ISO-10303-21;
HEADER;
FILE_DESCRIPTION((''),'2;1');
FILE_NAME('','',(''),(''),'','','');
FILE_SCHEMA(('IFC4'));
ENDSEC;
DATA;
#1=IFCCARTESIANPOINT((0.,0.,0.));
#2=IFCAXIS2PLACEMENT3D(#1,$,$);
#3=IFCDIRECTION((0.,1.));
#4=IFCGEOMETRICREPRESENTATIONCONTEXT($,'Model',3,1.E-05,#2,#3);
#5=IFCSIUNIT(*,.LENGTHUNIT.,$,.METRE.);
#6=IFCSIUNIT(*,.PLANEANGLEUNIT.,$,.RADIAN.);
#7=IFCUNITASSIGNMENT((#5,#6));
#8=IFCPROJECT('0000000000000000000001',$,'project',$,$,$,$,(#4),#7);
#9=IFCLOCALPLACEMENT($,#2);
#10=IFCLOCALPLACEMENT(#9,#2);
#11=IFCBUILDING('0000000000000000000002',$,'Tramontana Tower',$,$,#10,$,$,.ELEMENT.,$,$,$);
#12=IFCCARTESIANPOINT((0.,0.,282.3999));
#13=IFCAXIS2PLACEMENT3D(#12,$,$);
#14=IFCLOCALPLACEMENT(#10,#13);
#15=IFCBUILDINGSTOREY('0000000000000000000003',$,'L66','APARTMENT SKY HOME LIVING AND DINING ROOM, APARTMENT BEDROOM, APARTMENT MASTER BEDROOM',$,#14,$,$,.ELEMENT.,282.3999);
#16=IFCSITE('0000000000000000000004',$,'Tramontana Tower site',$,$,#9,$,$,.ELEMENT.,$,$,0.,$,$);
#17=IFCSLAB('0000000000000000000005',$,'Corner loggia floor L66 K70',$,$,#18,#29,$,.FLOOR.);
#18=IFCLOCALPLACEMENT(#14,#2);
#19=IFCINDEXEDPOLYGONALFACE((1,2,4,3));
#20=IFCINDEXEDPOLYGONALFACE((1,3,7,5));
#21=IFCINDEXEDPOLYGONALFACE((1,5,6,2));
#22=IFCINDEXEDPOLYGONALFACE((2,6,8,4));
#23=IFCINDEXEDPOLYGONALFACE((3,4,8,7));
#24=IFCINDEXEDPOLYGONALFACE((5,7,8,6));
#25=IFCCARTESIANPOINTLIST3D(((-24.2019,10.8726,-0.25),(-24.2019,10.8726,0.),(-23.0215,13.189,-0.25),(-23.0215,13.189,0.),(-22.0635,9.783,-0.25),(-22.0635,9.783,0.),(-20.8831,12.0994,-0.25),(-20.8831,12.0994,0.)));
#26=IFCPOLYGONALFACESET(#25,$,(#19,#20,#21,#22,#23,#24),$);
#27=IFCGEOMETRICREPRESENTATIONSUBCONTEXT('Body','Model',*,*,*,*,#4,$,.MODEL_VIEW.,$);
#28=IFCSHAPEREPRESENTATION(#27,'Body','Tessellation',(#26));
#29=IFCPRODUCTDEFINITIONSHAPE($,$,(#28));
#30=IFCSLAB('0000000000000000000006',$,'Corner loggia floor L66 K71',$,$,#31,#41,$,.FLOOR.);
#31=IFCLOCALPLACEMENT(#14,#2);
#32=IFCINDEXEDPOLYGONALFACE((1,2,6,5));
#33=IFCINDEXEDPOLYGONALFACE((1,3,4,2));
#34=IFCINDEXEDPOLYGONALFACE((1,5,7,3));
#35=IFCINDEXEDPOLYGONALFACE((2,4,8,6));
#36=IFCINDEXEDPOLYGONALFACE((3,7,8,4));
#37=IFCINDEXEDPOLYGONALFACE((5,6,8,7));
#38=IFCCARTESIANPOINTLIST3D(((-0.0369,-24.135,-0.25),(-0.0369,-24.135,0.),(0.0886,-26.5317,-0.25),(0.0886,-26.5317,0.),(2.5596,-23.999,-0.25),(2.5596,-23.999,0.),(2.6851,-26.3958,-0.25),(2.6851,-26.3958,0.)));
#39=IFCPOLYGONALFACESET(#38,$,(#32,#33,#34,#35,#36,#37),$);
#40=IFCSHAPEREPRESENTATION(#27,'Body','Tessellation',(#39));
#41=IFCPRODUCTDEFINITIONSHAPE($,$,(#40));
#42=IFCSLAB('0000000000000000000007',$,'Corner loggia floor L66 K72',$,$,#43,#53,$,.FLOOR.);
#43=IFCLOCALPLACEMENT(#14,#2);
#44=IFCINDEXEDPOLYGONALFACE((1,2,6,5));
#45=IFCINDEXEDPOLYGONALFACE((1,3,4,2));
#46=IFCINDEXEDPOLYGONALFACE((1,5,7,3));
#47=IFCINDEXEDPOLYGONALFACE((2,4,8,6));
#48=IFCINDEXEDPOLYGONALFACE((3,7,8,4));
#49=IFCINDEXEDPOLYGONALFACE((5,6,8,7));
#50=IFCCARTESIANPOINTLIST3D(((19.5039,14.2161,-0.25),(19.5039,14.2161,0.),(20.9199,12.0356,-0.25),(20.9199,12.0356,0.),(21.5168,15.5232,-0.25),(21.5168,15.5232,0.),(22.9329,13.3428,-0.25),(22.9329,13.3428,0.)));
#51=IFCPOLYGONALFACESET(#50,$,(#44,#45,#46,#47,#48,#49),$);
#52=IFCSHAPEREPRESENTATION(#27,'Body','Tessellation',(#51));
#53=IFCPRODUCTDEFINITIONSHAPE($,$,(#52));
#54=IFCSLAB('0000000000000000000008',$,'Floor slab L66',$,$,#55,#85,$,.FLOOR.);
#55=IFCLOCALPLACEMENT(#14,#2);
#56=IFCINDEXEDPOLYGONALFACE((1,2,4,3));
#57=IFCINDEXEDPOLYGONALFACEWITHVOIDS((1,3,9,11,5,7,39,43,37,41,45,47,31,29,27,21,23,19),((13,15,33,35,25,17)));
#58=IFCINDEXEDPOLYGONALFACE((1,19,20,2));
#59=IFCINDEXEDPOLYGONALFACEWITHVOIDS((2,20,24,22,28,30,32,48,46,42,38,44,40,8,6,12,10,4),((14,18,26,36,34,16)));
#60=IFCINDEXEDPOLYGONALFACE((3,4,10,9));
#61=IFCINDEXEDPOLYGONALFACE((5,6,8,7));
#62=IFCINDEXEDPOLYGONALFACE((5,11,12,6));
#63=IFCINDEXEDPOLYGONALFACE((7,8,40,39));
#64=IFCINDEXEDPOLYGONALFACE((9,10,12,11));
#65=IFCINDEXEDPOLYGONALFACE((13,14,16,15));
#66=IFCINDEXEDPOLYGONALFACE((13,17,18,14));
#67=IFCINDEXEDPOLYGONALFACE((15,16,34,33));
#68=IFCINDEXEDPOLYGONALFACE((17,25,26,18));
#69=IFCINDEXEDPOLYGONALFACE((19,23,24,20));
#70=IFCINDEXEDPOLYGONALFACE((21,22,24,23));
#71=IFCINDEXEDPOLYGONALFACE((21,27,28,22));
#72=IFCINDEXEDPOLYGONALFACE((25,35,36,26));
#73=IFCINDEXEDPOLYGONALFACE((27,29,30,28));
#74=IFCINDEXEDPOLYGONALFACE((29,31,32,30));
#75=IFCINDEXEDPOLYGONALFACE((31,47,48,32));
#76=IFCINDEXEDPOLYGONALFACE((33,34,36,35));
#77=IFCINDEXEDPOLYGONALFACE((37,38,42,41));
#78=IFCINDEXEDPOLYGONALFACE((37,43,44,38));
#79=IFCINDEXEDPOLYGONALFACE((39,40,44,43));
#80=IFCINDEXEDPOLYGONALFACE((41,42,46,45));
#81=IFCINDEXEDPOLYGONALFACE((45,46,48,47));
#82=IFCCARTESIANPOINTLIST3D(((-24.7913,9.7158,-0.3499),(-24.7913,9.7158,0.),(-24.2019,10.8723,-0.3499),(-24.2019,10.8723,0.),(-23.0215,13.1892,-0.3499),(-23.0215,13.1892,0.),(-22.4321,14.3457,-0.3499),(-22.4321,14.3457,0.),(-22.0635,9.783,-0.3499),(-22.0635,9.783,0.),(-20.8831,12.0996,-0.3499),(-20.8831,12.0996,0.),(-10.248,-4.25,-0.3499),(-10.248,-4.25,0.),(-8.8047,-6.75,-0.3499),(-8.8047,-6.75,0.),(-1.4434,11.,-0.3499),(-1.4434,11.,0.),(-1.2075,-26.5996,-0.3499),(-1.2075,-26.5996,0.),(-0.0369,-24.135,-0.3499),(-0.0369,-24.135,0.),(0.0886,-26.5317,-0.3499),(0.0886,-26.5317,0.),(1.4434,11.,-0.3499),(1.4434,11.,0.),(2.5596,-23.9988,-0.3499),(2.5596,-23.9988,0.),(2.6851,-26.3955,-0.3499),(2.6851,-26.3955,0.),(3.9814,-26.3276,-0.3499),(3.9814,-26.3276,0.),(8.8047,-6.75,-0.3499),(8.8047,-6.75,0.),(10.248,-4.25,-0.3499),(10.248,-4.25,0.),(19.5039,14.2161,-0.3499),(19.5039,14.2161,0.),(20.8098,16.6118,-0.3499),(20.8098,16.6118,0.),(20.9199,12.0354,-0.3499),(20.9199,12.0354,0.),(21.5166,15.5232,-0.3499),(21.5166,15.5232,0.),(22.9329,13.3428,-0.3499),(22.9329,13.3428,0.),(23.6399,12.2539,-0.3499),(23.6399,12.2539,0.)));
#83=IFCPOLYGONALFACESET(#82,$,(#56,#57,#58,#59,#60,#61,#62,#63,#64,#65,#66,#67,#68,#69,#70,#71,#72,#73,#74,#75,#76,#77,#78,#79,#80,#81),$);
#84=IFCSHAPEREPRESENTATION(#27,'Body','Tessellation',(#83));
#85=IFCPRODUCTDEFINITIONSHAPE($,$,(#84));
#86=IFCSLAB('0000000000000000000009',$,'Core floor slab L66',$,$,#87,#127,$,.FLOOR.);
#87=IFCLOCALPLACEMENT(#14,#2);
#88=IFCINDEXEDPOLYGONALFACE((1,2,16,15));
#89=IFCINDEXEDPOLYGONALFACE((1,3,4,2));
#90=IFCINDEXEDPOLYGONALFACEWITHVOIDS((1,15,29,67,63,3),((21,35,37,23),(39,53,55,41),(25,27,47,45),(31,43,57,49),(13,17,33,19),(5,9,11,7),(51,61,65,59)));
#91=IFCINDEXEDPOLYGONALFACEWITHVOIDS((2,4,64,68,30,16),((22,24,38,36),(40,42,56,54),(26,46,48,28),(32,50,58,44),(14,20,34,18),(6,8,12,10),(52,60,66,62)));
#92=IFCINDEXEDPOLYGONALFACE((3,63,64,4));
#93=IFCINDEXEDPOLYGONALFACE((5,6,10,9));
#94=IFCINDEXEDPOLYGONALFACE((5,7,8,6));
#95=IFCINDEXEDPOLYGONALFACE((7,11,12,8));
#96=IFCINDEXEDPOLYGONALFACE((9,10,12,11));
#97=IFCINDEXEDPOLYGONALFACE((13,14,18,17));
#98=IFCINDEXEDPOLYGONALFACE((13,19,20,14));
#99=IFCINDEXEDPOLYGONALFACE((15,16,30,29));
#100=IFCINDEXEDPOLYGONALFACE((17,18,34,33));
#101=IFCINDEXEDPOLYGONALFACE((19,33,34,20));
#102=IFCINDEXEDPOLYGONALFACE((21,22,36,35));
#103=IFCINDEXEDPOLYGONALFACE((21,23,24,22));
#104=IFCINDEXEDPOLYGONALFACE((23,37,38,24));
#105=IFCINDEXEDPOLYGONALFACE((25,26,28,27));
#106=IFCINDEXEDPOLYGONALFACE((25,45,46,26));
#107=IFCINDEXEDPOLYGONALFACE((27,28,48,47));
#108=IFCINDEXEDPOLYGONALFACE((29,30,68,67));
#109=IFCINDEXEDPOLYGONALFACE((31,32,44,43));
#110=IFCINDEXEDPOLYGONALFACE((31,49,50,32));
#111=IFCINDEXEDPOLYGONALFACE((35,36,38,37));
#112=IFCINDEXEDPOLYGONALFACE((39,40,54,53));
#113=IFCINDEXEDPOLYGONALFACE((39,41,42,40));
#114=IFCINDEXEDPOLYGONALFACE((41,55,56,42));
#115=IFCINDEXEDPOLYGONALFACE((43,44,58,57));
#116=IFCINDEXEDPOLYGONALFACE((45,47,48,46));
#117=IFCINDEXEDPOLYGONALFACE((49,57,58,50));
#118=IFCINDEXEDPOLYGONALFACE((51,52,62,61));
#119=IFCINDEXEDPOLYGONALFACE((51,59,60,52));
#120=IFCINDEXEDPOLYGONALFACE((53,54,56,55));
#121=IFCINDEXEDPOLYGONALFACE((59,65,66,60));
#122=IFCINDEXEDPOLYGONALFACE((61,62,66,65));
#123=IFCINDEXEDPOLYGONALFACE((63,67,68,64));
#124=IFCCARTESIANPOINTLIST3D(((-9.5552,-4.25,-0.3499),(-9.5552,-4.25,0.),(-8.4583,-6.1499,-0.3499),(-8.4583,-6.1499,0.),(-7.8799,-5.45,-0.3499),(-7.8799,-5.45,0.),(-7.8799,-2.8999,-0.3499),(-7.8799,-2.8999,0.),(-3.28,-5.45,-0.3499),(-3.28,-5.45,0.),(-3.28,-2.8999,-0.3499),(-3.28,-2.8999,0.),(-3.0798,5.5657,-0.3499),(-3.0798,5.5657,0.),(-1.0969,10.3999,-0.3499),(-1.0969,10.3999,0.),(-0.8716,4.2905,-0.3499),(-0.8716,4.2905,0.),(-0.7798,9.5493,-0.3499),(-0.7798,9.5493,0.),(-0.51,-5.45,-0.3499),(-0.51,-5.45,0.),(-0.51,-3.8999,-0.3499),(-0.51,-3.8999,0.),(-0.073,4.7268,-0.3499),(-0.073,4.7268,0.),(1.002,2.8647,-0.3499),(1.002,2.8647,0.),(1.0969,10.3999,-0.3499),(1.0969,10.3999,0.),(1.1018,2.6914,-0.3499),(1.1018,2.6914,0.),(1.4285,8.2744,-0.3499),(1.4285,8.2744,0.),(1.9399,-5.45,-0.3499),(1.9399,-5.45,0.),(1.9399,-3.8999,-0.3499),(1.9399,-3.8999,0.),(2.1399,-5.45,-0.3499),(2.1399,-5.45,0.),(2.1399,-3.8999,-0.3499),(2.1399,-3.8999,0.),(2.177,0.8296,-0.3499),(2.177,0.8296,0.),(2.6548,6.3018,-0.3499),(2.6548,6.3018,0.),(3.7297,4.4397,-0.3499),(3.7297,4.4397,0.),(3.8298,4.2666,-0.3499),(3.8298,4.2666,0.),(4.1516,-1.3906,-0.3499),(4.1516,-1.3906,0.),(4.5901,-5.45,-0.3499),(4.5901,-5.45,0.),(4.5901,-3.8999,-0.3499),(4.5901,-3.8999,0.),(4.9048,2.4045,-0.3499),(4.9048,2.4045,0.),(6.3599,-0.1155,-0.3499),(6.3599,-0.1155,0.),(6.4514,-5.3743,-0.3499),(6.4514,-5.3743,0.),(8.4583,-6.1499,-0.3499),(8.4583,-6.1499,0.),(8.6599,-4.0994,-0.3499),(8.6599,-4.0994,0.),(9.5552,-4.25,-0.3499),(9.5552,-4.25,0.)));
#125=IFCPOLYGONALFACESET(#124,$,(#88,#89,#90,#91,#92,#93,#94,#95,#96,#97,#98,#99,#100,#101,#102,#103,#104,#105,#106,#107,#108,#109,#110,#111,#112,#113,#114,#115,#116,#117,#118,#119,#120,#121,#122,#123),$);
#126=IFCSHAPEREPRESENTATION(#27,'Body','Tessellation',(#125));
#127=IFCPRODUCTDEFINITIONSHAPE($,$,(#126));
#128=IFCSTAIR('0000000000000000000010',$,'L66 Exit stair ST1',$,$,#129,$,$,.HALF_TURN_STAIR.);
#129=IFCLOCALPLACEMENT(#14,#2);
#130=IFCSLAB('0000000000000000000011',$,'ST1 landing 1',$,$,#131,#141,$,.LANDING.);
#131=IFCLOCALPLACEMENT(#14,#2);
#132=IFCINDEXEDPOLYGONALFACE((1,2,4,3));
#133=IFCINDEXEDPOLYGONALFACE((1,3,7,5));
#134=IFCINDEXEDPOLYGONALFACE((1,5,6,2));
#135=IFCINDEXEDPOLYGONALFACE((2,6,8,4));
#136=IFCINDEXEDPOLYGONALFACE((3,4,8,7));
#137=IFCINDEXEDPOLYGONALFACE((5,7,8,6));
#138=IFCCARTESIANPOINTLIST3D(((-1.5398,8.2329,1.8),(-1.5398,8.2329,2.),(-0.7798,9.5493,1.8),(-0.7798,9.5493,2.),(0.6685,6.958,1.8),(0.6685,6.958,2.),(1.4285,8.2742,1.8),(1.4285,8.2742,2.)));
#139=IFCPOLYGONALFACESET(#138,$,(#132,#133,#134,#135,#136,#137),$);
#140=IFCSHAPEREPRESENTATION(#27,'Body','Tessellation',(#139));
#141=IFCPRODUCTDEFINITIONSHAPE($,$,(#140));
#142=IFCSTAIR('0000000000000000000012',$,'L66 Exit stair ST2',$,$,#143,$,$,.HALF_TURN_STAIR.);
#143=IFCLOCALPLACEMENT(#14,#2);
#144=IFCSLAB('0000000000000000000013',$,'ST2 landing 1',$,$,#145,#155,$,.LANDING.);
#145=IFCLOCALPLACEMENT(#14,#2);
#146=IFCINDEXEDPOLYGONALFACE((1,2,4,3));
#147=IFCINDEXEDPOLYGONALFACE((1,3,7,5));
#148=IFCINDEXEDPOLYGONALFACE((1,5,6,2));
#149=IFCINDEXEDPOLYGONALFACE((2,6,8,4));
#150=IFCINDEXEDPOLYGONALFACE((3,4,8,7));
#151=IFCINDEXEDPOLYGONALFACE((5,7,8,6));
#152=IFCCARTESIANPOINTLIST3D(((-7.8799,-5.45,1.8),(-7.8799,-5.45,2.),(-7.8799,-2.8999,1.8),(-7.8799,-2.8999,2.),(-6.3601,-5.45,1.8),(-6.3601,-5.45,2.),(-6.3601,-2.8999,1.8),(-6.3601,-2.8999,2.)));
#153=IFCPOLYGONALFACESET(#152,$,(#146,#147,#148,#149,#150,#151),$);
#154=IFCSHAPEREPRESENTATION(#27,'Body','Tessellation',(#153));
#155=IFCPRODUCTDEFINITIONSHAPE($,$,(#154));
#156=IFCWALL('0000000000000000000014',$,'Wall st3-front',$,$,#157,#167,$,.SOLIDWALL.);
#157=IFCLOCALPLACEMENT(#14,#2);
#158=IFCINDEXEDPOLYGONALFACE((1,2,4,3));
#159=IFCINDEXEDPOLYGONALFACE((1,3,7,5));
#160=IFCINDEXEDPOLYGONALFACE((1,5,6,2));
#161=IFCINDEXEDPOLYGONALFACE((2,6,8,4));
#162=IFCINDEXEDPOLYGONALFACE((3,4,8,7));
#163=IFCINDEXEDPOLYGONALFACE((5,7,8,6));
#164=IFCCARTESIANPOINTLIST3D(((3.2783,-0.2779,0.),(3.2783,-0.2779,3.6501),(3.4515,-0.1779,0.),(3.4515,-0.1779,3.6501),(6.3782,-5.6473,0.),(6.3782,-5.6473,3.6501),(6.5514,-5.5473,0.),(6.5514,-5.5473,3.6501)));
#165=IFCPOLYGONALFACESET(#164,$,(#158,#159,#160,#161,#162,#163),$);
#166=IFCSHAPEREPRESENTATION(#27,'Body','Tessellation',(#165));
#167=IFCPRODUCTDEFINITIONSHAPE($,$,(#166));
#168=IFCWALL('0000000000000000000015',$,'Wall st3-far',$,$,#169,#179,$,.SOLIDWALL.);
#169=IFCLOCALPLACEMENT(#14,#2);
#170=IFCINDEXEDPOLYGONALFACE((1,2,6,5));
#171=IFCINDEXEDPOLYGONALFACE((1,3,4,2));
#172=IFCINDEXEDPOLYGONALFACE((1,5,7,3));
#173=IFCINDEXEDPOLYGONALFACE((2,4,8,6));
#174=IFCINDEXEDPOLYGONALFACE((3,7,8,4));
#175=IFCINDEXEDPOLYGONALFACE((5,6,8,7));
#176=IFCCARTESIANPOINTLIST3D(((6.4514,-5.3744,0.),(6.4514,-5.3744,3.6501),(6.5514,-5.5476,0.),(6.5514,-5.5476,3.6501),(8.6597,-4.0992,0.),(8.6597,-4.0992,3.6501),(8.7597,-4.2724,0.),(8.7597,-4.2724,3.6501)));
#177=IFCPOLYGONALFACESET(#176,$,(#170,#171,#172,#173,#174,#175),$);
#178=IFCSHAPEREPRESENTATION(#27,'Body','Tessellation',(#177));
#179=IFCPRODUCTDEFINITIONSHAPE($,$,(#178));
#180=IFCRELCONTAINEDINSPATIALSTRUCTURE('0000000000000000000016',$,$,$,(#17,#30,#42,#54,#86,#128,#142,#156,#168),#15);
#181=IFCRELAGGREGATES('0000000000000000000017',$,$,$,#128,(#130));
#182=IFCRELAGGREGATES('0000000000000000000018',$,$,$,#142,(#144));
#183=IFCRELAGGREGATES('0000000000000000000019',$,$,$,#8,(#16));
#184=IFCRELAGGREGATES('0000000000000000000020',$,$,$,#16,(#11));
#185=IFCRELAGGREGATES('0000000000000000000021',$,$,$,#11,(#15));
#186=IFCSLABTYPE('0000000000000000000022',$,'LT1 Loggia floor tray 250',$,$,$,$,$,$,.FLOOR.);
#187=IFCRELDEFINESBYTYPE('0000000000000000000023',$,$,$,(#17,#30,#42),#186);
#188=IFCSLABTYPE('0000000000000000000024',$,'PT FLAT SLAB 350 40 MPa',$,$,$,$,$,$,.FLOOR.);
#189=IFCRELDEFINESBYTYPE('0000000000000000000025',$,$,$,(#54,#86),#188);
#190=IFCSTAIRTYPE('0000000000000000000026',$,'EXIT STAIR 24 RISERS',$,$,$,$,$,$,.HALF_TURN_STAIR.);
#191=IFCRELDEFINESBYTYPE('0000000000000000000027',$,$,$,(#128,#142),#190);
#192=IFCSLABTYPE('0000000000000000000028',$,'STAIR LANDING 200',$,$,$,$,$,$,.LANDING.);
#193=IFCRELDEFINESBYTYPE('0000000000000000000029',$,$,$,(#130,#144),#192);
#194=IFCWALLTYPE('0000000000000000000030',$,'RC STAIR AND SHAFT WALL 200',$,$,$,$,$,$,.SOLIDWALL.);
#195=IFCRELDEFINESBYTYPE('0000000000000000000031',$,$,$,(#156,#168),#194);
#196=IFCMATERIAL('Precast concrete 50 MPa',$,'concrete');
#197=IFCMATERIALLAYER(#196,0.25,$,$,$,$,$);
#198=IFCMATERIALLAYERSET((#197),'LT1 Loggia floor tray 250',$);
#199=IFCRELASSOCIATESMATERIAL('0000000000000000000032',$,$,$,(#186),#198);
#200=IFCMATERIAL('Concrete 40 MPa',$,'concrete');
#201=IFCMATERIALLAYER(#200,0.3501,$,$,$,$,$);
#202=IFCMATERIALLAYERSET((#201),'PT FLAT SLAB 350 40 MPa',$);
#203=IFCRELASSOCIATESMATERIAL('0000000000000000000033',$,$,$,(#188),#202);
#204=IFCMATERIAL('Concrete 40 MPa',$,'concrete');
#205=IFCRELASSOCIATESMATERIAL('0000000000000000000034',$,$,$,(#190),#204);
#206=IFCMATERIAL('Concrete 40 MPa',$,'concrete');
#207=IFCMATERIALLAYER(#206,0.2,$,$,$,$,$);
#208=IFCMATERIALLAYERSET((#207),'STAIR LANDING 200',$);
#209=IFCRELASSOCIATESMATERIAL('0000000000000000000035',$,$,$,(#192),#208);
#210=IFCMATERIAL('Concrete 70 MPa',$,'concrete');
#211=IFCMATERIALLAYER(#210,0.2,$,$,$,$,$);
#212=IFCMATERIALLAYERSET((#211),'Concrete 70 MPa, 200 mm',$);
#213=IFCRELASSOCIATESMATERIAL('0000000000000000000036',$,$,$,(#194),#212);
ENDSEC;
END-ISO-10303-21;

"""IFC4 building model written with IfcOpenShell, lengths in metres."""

from ifc_helpers import new_model, si_unit, direction, frame, frame_2d, origin, place, context, subcontext, project, spatial, polyline, rectangle, outline, extrude, material, layer, layer_set, type_object, element, aggregate, save


model = new_model("IFC4")

# Units and contexts
model_context = context("Model", 3, precision=1e-05, world=origin(), true_north=direction((0.0, 1.0)))
body_context = subcontext(model_context, "Body", "Model", "MODEL_VIEW")
ifc_project = project(units=[si_unit("LENGTHUNIT", "METRE"), si_unit("PLANEANGLEUNIT", "RADIAN")], contexts=[model_context])

# Site, building, storey
site_placement = place(None, origin())
site = spatial("IfcSite", under=ifc_project, at=site_placement, Name="Tramontana Tower site", CompositionType="ELEMENT", RefElevation=0.0)
building_placement = place(site_placement, origin())
building = spatial("IfcBuilding", under=site, at=building_placement, Name="Tramontana Tower", CompositionType="ELEMENT")
storey_placement = place(building_placement, frame((0.0, 0.0, 282.3999)))
storey = spatial("IfcBuildingStorey", under=building, at=storey_placement, Name="L66", Description="APARTMENT SKY HOME LIVING AND DINING ROOM, APARTMENT BEDROOM, APARTMENT MASTER BEDROOM", CompositionType="ELEMENT", Elevation=282.3999)

# Slabs
ifc_material_1 = material(Name="Precast concrete 50 MPa", Category="concrete")
ifc_layer_1 = layer(ifc_material_1, 0.25)
ifc_layer_set_1 = layer_set([ifc_layer_1], Name="LT1 Loggia floor tray 250")
slab_type_1 = type_object("IfcSlabType", Name="LT1 Loggia floor tray 250", PredefinedType="FLOOR", material=ifc_layer_set_1)
slab_1_placement = place(storey_placement, frame((0.0, 0.0, -0.25)))
element("IfcSlab", 1, at=slab_1_placement, inside=storey, type_object=slab_type_1, Name="Corner loggia floor L66 K70", PredefinedType="FLOOR", context=body_context, shape_type="SweptSolid", body=[
    extrude(outline(polyline([(-23.0215, 13.189), (-20.8831, 12.0994), (-22.0635, 9.783), (-24.2019, 10.8726), (-23.0215, 13.189)])), origin(), (0.0, 0.0, 1.0), 0.25),
])
slab_2_placement = place(storey_placement, frame((0.0, 0.0, -0.25)))
element("IfcSlab", 2, at=slab_2_placement, inside=storey, type_object=slab_type_1, Name="Corner loggia floor L66 K71", PredefinedType="FLOOR", context=body_context, shape_type="SweptSolid", body=[
    extrude(outline(polyline([(0.0886, -26.5317), (-0.0369, -24.135), (2.5596, -23.999), (2.6851, -26.3958), (0.0886, -26.5317)])), origin(), (0.0, 0.0, 1.0), 0.25),
])
slab_3_placement = place(storey_placement, frame((0.0, 0.0, -0.25)))
element("IfcSlab", 3, at=slab_3_placement, inside=storey, type_object=slab_type_1, Name="Corner loggia floor L66 K72", PredefinedType="FLOOR", context=body_context, shape_type="SweptSolid", body=[
    extrude(outline(polyline([(22.9329, 13.3428), (20.9199, 12.0356), (19.5039, 14.2161), (21.5168, 15.5232), (22.9329, 13.3428)])), origin(), (0.0, 0.0, 1.0), 0.25),
])
ifc_material_2 = material(Name="Concrete 40 MPa", Category="concrete")
ifc_layer_2 = layer(ifc_material_2, 0.3501)
ifc_layer_set_2 = layer_set([ifc_layer_2], Name="PT FLAT SLAB 350 40 MPa")
slab_type_2 = type_object("IfcSlabType", Name="PT FLAT SLAB 350 40 MPa", PredefinedType="FLOOR", material=ifc_layer_set_2)
slab_4_placement = place(storey_placement, frame((0.0, 0.0, -0.3499)))
element("IfcSlab", 4, at=slab_4_placement, inside=storey, type_object=slab_type_2, Name="Floor slab L66", PredefinedType="FLOOR", context=body_context, shape_type="SweptSolid", body=[
    extrude(outline(polyline([(21.5166, 15.5232), (19.5039, 14.2161), (20.9199, 12.0354), (22.9329, 13.3428), (23.6399, 12.2539), (3.9814, -26.3276), (2.6851, -26.3955), (2.5596, -23.9988), (-0.0369, -24.135), (0.0886, -26.5317), (-1.2075, -26.5996), (-24.7913, 9.7158), (-24.2019, 10.8723), (-22.0635, 9.783), (-20.8831, 12.0996), (-23.0215, 13.1892), (-22.4321, 14.3457), (20.8098, 16.6118), (21.5166, 15.5232)]), holes=[polyline([(-10.248, -4.25), (-8.8047, -6.75), (8.8047, -6.75), (10.248, -4.25), (1.4434, 11.0), (-1.4434, 11.0), (-10.248, -4.25)])]), origin(), (0.0, 0.0, 1.0), 0.3499),
])
slab_5_placement = place(storey_placement, frame((0.0, 0.0, -0.3499)))
element("IfcSlab", 5, at=slab_5_placement, inside=storey, type_object=slab_type_2, Name="Core floor slab L66", PredefinedType="FLOOR", context=body_context, shape_type="SweptSolid", body=[
    extrude(outline(polyline([(9.5552, -4.25), (8.4583, -6.1499), (-8.4583, -6.1499), (-9.5552, -4.25), (-1.0969, 10.3999), (1.0969, 10.3999), (9.5552, -4.25)]), holes=[polyline([(8.6599, -4.0994), (6.3599, -0.1155), (4.1516, -1.3906), (6.4514, -5.3743), (8.6599, -4.0994)]), polyline([(3.8298, 4.2666), (1.1018, 2.6914), (2.177, 0.8296), (4.9048, 2.4045), (3.8298, 4.2666)]), polyline([(4.5901, -3.8999), (2.1399, -3.8999), (2.1399, -5.45), (4.5901, -5.45), (4.5901, -3.8999)]), polyline([(2.6548, 6.3018), (-0.073, 4.7268), (1.002, 2.8647), (3.7297, 4.4397), (2.6548, 6.3018)]), polyline([(1.9399, -5.45), (1.9399, -3.8999), (-0.51, -3.8999), (-0.51, -5.45), (1.9399, -5.45)]), polyline([(-0.7798, 9.5493), (-3.0798, 5.5657), (-0.8716, 4.2905), (1.4285, 8.2744), (-0.7798, 9.5493)]), polyline([(-7.8799, -5.45), (-3.28, -5.45), (-3.28, -2.8999), (-7.8799, -2.8999), (-7.8799, -5.45)])]), origin(), (0.0, 0.0, 1.0), 0.3499),
])

# Stairs, slabs
ifc_material_3 = material(Name="Concrete 40 MPa", Category="concrete")
stair_type = type_object("IfcStairType", Name="EXIT STAIR 24 RISERS", PredefinedType="HALF_TURN_STAIR", material=ifc_material_3)
stair_1_placement = place(storey_placement, origin())
stair_1 = element("IfcStair", 6, at=stair_1_placement, inside=storey, type_object=stair_type, Name="L66 Exit stair ST1", PredefinedType="HALF_TURN_STAIR")
ifc_material_4 = material(Name="Concrete 40 MPa", Category="concrete")
ifc_layer_3 = layer(ifc_material_4, 0.2)
ifc_layer_set_3 = layer_set([ifc_layer_3], Name="STAIR LANDING 200")
slab_type_3 = type_object("IfcSlabType", Name="STAIR LANDING 200", PredefinedType="LANDING", material=ifc_layer_set_3)
slab_6_placement = place(storey_placement, frame((0.0, 0.0, 1.8)))
slab_6 = element("IfcSlab", 7, at=slab_6_placement, type_object=slab_type_3, Name="ST1 landing 1", PredefinedType="LANDING", context=body_context, shape_type="SweptSolid", body=[
    extrude(outline(polyline([(0.6685, 6.958), (1.4285, 8.2742), (-0.7798, 9.5493), (-1.5398, 8.2329), (0.6685, 6.958)])), origin(), (0.0, 0.0, 1.0), 0.2),
])
aggregate(stair_1, [slab_6])
stair_2_placement = place(storey_placement, origin())
stair_2 = element("IfcStair", 8, at=stair_2_placement, inside=storey, type_object=stair_type, Name="L66 Exit stair ST2", PredefinedType="HALF_TURN_STAIR")
slab_7_placement = place(storey_placement, frame((0.0, 0.0, 1.8)))
slab_7 = element("IfcSlab", 9, at=slab_7_placement, type_object=slab_type_3, Name="ST2 landing 1", PredefinedType="LANDING", context=body_context, shape_type="SweptSolid", body=[
    extrude(outline(polyline([(-6.3601, -2.8999), (-7.8799, -2.8999), (-7.8799, -5.45), (-6.3601, -5.45), (-6.3601, -2.8999)])), origin(), (0.0, 0.0, 1.0), 0.2),
])
aggregate(stair_2, [slab_7])

# Walls
ifc_material_5 = material(Name="Concrete 70 MPa", Category="concrete")
ifc_layer_4 = layer(ifc_material_5, 0.2)
ifc_layer_set_4 = layer_set([ifc_layer_4], Name="Concrete 70 MPa, 200 mm")
wall_type = type_object("IfcWallType", Name="RC STAIR AND SHAFT WALL 200", PredefinedType="SOLIDWALL", material=ifc_layer_set_4)
wall_1_placement = place(storey_placement, frame((6.4648, -5.5974, 0.0), z_axis=(0.0, 0.0, 1.0), x_axis=(-0.49998, 0.866037, 0.0)))
element("IfcWall", 10, at=wall_1_placement, inside=storey, type_object=wall_type, Name="Wall st3-front", PredefinedType="SOLIDWALL", context=body_context, shape_type="SweptSolid", body=[
    extrude(rectangle(XDim=6.2, YDim=0.2, at=frame_2d((3.1001, 0.0))), origin(), (0.0, 0.0, 1.0), 3.6501),
])
wall_2_placement = place(storey_placement, frame((6.5015, -5.4609, 0.0), z_axis=(0.0, 0.0, 1.0), x_axis=(0.865989, 0.500062, 0.0)))
element("IfcWall", 11, at=wall_2_placement, inside=storey, type_object=wall_type, Name="Wall st3-far", PredefinedType="SOLIDWALL", context=body_context, shape_type="SweptSolid", body=[
    extrude(rectangle(XDim=2.55, YDim=0.2, at=frame_2d((1.2749, 0.0))), origin(), (0.0, 0.0, 1.0), 3.6501),
])

save(model, "model.ifc")
